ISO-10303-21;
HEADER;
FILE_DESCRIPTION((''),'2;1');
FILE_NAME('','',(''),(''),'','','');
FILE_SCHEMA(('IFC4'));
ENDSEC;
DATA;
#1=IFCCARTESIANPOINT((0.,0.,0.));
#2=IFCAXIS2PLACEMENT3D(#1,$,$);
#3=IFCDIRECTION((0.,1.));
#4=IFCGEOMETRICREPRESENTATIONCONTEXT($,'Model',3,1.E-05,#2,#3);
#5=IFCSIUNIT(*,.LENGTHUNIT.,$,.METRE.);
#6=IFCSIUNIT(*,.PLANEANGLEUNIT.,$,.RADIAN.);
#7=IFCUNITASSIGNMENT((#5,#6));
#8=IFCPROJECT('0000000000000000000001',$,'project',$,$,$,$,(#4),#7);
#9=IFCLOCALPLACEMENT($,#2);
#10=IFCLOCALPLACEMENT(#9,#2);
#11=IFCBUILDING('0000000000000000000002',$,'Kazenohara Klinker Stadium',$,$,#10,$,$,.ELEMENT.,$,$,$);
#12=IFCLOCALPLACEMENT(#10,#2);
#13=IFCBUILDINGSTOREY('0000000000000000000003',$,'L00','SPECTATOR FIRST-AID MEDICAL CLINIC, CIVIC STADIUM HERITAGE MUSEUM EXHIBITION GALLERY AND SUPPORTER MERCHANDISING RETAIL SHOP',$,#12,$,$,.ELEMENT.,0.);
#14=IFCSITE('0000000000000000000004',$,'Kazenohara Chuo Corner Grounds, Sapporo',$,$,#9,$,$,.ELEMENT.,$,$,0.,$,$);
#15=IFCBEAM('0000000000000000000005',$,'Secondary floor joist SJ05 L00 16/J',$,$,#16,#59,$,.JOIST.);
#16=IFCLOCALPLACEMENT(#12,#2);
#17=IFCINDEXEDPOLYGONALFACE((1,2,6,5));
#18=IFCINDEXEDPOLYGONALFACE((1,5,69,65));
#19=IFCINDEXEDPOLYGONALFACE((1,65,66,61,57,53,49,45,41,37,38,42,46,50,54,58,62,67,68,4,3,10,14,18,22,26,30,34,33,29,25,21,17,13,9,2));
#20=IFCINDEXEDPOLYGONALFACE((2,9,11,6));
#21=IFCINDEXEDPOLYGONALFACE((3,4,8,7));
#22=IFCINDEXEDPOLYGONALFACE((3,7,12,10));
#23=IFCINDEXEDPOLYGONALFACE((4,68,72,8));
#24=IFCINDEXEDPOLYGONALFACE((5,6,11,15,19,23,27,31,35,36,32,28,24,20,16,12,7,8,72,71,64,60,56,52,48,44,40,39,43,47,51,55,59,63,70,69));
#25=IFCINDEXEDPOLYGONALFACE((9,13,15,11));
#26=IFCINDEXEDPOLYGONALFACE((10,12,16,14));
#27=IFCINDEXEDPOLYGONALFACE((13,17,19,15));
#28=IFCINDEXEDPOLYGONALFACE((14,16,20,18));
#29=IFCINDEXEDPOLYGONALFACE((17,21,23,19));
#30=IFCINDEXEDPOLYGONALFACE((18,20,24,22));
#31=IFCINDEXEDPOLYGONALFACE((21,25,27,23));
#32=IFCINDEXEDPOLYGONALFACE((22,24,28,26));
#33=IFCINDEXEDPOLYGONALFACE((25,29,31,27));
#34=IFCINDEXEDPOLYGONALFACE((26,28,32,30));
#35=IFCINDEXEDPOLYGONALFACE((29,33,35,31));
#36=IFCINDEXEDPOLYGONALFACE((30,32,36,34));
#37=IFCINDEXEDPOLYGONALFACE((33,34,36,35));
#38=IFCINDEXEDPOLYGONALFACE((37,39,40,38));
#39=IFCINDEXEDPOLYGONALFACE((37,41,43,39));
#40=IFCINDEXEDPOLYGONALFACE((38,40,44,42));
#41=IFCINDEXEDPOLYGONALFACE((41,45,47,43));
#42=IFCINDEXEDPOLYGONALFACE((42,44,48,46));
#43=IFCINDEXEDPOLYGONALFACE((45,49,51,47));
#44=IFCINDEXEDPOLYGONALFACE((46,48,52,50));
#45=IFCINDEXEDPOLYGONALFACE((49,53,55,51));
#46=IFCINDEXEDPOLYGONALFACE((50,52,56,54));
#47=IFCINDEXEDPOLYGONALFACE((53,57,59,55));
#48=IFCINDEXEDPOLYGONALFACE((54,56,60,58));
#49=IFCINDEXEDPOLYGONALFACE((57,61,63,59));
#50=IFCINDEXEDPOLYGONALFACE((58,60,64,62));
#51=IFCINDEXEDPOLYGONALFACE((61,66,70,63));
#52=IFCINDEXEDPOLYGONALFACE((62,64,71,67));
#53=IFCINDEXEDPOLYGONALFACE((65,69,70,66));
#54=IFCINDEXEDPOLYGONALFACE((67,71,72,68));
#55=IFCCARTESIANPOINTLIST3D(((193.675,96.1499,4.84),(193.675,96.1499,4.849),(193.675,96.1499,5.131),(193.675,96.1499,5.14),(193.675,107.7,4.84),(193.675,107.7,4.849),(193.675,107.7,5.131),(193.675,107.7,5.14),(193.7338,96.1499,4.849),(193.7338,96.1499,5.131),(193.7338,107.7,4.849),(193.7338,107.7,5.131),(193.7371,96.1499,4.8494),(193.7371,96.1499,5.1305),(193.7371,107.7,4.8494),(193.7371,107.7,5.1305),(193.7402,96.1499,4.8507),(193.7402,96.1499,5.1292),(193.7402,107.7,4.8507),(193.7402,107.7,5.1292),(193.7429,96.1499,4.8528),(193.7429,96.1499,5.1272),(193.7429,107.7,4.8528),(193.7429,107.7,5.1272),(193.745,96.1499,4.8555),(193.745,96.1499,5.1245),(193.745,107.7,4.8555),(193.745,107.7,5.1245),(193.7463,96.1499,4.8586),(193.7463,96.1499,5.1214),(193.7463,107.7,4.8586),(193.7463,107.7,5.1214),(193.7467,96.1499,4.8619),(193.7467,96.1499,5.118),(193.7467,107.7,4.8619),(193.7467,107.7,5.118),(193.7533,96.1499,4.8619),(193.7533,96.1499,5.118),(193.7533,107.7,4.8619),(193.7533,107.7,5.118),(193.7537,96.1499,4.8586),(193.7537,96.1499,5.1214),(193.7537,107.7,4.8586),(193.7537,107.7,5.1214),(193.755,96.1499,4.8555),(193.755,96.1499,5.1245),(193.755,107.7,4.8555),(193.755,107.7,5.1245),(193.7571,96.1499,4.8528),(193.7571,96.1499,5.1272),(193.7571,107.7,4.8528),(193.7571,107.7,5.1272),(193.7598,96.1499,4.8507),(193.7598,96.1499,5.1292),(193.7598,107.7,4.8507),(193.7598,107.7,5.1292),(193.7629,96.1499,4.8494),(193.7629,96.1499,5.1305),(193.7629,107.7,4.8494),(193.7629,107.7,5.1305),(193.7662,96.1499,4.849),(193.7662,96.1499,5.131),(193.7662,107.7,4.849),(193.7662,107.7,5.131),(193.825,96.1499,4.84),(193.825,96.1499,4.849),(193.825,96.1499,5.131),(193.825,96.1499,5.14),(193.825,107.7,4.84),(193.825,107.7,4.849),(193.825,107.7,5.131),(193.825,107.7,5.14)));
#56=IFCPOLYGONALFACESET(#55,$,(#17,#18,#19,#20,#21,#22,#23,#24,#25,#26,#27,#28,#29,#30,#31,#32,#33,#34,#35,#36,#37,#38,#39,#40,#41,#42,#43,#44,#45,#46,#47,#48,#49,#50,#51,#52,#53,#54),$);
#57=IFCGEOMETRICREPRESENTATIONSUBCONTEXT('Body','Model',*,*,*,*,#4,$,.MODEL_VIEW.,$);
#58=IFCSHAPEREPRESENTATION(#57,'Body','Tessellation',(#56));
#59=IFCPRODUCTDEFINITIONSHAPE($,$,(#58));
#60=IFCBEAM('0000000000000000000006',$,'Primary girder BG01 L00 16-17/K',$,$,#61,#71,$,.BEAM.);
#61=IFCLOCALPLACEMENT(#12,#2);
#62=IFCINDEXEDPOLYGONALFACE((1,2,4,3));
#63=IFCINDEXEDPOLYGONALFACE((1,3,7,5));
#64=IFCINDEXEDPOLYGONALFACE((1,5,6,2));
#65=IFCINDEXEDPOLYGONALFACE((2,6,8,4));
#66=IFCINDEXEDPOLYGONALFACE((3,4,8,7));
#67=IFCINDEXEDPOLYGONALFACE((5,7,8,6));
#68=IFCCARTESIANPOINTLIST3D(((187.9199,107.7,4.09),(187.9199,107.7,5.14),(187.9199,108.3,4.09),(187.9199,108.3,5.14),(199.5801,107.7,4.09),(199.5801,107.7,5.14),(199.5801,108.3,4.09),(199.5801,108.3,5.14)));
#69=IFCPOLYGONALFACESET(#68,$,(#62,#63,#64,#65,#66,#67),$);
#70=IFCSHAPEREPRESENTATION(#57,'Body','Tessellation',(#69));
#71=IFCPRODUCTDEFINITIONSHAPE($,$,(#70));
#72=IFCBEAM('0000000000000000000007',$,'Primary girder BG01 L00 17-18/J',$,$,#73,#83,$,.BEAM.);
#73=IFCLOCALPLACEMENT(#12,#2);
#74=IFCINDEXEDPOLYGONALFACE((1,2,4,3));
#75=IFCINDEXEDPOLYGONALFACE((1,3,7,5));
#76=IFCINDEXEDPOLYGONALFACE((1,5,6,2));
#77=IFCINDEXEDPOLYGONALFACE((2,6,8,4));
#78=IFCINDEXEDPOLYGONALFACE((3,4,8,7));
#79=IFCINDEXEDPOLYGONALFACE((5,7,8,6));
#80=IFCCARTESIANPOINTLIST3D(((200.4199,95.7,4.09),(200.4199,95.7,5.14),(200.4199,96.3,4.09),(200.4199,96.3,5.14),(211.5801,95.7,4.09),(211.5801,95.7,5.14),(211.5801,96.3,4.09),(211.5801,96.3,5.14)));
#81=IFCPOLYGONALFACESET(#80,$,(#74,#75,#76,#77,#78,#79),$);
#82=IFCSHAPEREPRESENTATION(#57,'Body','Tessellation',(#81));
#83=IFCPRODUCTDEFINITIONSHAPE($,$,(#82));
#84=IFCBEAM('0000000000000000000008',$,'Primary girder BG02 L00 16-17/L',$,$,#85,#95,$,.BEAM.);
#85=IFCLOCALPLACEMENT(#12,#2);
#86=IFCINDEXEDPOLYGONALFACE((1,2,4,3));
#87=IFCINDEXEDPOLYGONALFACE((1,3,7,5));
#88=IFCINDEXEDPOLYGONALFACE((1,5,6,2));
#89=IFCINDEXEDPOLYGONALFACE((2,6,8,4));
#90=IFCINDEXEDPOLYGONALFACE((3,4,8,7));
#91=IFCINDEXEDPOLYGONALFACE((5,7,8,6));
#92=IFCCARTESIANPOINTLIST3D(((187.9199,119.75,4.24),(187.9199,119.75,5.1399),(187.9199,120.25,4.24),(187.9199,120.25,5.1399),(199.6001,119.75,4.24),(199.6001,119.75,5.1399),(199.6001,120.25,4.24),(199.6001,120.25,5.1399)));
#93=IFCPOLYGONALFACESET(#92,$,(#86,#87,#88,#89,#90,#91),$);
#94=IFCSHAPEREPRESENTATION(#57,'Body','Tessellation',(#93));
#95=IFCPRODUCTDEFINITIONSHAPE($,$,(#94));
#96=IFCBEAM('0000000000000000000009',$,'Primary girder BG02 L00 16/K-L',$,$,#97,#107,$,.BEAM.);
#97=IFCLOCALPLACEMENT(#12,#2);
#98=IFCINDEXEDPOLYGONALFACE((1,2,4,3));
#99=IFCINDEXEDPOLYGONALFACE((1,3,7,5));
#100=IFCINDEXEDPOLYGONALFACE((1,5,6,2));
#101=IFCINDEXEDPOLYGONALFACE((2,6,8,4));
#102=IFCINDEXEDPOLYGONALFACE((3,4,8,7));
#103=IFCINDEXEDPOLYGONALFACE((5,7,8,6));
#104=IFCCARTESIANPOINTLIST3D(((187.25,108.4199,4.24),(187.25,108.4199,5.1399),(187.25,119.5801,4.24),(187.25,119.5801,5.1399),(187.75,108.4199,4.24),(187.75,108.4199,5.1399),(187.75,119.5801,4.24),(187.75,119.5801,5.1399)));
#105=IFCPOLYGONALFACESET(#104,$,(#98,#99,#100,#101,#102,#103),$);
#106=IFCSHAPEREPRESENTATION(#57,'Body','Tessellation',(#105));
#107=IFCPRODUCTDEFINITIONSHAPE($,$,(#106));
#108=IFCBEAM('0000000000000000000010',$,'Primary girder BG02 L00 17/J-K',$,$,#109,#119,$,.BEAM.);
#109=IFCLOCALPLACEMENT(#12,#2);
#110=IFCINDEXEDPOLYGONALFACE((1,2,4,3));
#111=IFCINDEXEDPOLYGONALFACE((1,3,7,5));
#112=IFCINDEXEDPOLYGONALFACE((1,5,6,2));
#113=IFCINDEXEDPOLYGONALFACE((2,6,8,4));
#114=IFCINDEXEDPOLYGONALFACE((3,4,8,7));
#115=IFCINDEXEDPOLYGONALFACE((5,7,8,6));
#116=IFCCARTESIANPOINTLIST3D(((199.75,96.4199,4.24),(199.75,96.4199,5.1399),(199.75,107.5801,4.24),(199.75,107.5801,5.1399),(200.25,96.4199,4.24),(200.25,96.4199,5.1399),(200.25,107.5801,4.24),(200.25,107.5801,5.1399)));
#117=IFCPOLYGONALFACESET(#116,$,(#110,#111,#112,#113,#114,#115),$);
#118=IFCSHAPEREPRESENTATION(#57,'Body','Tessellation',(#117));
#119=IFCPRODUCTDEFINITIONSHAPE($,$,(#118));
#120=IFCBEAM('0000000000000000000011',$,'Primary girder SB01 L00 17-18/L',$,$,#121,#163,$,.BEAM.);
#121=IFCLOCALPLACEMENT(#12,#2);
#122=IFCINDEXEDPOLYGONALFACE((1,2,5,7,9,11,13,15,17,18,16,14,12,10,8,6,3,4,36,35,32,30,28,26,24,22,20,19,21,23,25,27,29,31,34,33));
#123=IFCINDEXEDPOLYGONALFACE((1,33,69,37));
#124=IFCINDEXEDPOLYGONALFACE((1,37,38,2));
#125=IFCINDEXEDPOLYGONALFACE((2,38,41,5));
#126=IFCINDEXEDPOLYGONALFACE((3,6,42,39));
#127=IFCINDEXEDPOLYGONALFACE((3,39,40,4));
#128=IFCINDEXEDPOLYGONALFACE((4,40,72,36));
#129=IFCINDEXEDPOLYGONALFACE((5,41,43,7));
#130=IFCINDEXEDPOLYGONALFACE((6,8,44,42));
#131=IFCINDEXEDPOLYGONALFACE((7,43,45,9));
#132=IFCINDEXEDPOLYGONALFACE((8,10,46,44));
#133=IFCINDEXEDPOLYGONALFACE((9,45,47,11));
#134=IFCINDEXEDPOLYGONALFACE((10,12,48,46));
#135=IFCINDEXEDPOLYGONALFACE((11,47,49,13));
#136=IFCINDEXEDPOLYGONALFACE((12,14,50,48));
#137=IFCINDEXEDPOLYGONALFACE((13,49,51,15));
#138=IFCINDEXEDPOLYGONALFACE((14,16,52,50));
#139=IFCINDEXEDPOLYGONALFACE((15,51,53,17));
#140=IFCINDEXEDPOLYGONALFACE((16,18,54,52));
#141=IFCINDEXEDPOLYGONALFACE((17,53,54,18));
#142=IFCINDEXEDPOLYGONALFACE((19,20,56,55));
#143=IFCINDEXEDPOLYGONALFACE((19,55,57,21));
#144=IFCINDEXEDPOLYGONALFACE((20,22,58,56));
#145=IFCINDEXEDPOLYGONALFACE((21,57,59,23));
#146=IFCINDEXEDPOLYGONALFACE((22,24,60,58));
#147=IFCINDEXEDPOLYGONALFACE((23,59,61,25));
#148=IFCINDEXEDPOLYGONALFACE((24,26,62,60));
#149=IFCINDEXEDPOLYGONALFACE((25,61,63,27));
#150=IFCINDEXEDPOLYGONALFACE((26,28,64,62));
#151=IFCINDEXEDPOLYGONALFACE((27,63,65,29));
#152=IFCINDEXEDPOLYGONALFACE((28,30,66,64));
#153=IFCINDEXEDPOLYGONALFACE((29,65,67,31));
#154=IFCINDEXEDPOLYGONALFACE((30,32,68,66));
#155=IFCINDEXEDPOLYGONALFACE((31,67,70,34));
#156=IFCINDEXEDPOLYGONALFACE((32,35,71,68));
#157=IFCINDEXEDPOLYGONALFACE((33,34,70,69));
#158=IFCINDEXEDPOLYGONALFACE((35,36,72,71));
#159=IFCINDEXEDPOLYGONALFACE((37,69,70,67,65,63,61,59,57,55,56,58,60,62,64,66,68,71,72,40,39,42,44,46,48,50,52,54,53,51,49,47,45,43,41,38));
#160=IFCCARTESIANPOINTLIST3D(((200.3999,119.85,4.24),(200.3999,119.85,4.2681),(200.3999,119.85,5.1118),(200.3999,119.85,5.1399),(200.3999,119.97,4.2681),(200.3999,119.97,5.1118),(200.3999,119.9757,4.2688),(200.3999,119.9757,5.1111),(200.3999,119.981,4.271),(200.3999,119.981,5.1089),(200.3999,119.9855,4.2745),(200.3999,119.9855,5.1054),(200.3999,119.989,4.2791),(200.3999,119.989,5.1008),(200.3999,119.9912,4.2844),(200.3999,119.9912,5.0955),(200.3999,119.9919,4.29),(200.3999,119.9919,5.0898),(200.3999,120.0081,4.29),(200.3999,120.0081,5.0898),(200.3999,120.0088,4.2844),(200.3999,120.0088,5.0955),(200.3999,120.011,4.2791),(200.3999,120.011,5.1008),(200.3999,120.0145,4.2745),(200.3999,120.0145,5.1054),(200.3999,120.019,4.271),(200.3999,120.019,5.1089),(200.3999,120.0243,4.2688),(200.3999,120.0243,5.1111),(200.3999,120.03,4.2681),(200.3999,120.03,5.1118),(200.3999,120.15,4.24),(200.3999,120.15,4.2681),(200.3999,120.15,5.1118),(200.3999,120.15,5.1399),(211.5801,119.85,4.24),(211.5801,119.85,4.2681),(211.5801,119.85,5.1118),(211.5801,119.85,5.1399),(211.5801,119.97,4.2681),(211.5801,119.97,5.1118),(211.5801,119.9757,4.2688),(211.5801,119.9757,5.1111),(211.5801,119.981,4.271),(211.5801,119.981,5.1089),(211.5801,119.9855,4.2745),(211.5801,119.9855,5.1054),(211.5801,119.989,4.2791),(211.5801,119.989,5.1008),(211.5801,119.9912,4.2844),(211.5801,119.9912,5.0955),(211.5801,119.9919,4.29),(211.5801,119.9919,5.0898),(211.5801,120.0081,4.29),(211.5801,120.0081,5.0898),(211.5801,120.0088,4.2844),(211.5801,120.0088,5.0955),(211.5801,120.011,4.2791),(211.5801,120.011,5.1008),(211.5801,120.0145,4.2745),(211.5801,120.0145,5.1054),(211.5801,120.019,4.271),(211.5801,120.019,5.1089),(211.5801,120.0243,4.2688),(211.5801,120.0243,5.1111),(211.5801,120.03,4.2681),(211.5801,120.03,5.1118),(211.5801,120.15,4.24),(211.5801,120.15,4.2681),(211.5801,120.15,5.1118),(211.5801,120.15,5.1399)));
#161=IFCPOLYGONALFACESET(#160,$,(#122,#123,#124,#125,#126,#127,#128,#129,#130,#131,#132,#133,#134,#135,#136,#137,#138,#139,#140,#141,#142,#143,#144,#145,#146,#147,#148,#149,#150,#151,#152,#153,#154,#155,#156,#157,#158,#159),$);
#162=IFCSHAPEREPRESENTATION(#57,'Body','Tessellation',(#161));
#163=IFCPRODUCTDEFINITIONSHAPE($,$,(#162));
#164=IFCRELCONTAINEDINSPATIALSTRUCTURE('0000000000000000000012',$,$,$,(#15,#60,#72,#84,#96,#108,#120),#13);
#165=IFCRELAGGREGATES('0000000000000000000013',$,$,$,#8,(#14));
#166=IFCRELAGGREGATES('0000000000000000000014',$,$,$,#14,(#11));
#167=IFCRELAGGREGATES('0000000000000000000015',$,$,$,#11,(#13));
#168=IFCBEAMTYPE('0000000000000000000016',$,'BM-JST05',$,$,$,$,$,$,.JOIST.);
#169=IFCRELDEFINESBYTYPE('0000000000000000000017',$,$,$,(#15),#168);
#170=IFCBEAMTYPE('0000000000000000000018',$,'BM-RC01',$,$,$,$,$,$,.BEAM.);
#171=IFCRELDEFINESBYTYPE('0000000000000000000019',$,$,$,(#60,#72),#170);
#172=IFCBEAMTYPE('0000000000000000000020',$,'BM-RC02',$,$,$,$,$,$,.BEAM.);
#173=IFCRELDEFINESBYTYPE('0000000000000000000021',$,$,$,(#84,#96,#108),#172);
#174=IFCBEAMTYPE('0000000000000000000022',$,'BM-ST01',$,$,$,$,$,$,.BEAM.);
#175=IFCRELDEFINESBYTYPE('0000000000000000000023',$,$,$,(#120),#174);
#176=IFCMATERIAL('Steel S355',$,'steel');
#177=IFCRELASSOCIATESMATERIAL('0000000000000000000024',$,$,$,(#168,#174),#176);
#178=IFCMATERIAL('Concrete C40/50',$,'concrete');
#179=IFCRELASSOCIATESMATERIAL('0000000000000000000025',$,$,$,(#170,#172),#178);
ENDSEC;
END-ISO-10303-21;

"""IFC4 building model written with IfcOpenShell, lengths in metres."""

from ifc_helpers import new_model, si_unit, direction, frame, origin, origin_2d, place, context, subcontext, project, spatial, rectangle, i_section, extrude, material, material_profile, profile_set, type_object, element, save


model = new_model("IFC4")

# Units and contexts
model_context = context("Model", 3, precision=1e-05, world=origin(), true_north=direction((0.0, 1.0)))
body_context = subcontext(model_context, "Body", "Model", "MODEL_VIEW")
ifc_project = project(units=[si_unit("LENGTHUNIT", "METRE"), si_unit("PLANEANGLEUNIT", "RADIAN")], contexts=[model_context])

# Site, building, storey
site_placement = place(None, origin())
site = spatial("IfcSite", under=ifc_project, at=site_placement, Name="Kazenohara Chuo Corner Grounds, Sapporo", CompositionType="ELEMENT", RefElevation=0.0)
building_placement = place(site_placement, origin())
building = spatial("IfcBuilding", under=site, at=building_placement, Name="Kazenohara Klinker Stadium", CompositionType="ELEMENT")
storey_placement = place(building_placement, origin())
storey = spatial("IfcBuildingStorey", under=building, at=storey_placement, Name="L00", Description="SPECTATOR FIRST-AID MEDICAL CLINIC, CIVIC STADIUM HERITAGE MUSEUM EXHIBITION GALLERY AND SUPPORTER MERCHANDISING RETAIL SHOP", CompositionType="ELEMENT", Elevation=0.0)

# Shared definitions
ifc_material_1 = material(Name="Concrete C40/50", Category="concrete")

# Beams
ifc_material_2 = material(Name="Steel S355", Category="steel")
ifc_material_profile_1 = material_profile(ifc_material_2, i_section(OverallWidth=0.1499, OverallDepth=0.3, WebThickness=0.0066, FlangeThickness=0.009, FilletRadius=0.0129, at=origin_2d()), Name="H-300x150x6.5x9")
ifc_profile_set_1 = profile_set([ifc_material_profile_1], Name="Steel S355")
beam_type_1 = type_object("IfcBeamType", Name="BM-JST05", PredefinedType="JOIST", material=ifc_profile_set_1)
beam_1_placement = place(storey_placement, frame((193.75, 96.1499, 4.99), z_axis=(0.0, 1.0, 0.0), x_axis=(-1.0, 0.0, 0.0)))
element("IfcBeam", 1, at=beam_1_placement, inside=storey, type_object=beam_type_1, Name="Secondary floor joist SJ05 L00 16/J", PredefinedType="JOIST", context=body_context, shape_type="SweptSolid", body=[
    extrude(i_section(OverallWidth=0.1499, OverallDepth=0.3, WebThickness=0.0066, FlangeThickness=0.009, FilletRadius=0.0129, at=origin_2d()), origin(), (0.0, 0.0, 1.0), 11.55),
])
ifc_material_profile_2 = material_profile(ifc_material_1, rectangle(XDim=0.6001, YDim=1.05, at=origin_2d()), Name="RC-BM-600x1050")
ifc_profile_set_2 = profile_set([ifc_material_profile_2], Name="Concrete C40/50")
beam_type_2 = type_object("IfcBeamType", Name="BM-RC01", PredefinedType="BEAM", material=ifc_profile_set_2)
beam_2_placement = place(storey_placement, frame((187.9199, 108.0, 4.615), z_axis=(1.0, 0.0, 0.0), x_axis=(0.0, 1.0, 0.0)))
element("IfcBeam", 2, at=beam_2_placement, inside=storey, type_object=beam_type_2, Name="Primary girder BG01 L00 16-17/K", PredefinedType="BEAM", context=body_context, shape_type="SweptSolid", body=[
    extrude(rectangle(XDim=0.6001, YDim=1.05, at=origin_2d()), origin(), (0.0, 0.0, 1.0), 11.6602),
])
beam_3_placement = place(storey_placement, frame((200.4199, 96.0, 4.615), z_axis=(1.0, 0.0, 0.0), x_axis=(0.0, 1.0, 0.0)))
element("IfcBeam", 3, at=beam_3_placement, inside=storey, type_object=beam_type_2, Name="Primary girder BG01 L00 17-18/J", PredefinedType="BEAM", context=body_context, shape_type="SweptSolid", body=[
    extrude(rectangle(XDim=0.6001, YDim=1.05, at=origin_2d()), origin(), (0.0, 0.0, 1.0), 11.1602),
])
ifc_material_profile_3 = material_profile(ifc_material_1, rectangle(XDim=0.5, YDim=0.8999, at=origin_2d()), Name="RC-BM-500x900")
ifc_profile_set_3 = profile_set([ifc_material_profile_3], Name="Concrete C40/50")
beam_type_3 = type_object("IfcBeamType", Name="BM-RC02", PredefinedType="BEAM", material=ifc_profile_set_3)
beam_4_placement = place(storey_placement, frame((187.9199, 120.0, 4.6899), z_axis=(1.0, 0.0, 0.0), x_axis=(0.0, 1.0, 0.0)))
element("IfcBeam", 4, at=beam_4_placement, inside=storey, type_object=beam_type_3, Name="Primary girder BG02 L00 16-17/L", PredefinedType="BEAM", context=body_context, shape_type="SweptSolid", body=[
    extrude(rectangle(XDim=0.5, YDim=0.8999, at=origin_2d()), origin(), (0.0, 0.0, 1.0), 11.6802),
])
for number, where, z_axis, x_axis, name in (
    (5, (187.5, 108.4199, 4.6899), (0.0, 1.0, 0.0), (-1.0, 0.0, 0.0), "Primary girder BG02 L00 16/K-L"),
    (6, (200.0, 96.4199, 4.6899), (0.0, 1.0, 0.0), (-1.0, 0.0, 0.0), "Primary girder BG02 L00 17/J-K"),
):
    element("IfcBeam", number, at=place(storey_placement, frame(where, z_axis=z_axis, x_axis=x_axis)), inside=storey, type_object=beam_type_3, Name=name, PredefinedType="BEAM", context=body_context, shape_type="SweptSolid", body=[
        extrude(rectangle(XDim=0.5, YDim=0.8999, at=origin_2d()), origin(), (0.0, 0.0, 1.0), 11.1602),
    ])
ifc_material_profile_4 = material_profile(ifc_material_2, i_section(OverallWidth=0.3, OverallDepth=0.8999, WebThickness=0.0161, FlangeThickness=0.0281, FilletRadius=0.022, at=origin_2d()), Name="H-900x300x16x28")
ifc_profile_set_4 = profile_set([ifc_material_profile_4], Name="Steel S355")
beam_type_4 = type_object("IfcBeamType", Name="BM-ST01", PredefinedType="BEAM", material=ifc_profile_set_4)
beam_5_placement = place(storey_placement, frame((200.3999, 120.0, 4.6899), z_axis=(1.0, 0.0, 0.0), x_axis=(0.0, 1.0, 0.0)))
element("IfcBeam", 7, at=beam_5_placement, inside=storey, type_object=beam_type_4, Name="Primary girder SB01 L00 17-18/L", PredefinedType="BEAM", context=body_context, shape_type="SweptSolid", body=[
    extrude(i_section(OverallWidth=0.3, OverallDepth=0.8999, WebThickness=0.0161, FlangeThickness=0.0281, FilletRadius=0.022, at=origin_2d()), origin(), (0.0, 0.0, 1.0), 11.1802),
])

save(model, "model.ifc")
